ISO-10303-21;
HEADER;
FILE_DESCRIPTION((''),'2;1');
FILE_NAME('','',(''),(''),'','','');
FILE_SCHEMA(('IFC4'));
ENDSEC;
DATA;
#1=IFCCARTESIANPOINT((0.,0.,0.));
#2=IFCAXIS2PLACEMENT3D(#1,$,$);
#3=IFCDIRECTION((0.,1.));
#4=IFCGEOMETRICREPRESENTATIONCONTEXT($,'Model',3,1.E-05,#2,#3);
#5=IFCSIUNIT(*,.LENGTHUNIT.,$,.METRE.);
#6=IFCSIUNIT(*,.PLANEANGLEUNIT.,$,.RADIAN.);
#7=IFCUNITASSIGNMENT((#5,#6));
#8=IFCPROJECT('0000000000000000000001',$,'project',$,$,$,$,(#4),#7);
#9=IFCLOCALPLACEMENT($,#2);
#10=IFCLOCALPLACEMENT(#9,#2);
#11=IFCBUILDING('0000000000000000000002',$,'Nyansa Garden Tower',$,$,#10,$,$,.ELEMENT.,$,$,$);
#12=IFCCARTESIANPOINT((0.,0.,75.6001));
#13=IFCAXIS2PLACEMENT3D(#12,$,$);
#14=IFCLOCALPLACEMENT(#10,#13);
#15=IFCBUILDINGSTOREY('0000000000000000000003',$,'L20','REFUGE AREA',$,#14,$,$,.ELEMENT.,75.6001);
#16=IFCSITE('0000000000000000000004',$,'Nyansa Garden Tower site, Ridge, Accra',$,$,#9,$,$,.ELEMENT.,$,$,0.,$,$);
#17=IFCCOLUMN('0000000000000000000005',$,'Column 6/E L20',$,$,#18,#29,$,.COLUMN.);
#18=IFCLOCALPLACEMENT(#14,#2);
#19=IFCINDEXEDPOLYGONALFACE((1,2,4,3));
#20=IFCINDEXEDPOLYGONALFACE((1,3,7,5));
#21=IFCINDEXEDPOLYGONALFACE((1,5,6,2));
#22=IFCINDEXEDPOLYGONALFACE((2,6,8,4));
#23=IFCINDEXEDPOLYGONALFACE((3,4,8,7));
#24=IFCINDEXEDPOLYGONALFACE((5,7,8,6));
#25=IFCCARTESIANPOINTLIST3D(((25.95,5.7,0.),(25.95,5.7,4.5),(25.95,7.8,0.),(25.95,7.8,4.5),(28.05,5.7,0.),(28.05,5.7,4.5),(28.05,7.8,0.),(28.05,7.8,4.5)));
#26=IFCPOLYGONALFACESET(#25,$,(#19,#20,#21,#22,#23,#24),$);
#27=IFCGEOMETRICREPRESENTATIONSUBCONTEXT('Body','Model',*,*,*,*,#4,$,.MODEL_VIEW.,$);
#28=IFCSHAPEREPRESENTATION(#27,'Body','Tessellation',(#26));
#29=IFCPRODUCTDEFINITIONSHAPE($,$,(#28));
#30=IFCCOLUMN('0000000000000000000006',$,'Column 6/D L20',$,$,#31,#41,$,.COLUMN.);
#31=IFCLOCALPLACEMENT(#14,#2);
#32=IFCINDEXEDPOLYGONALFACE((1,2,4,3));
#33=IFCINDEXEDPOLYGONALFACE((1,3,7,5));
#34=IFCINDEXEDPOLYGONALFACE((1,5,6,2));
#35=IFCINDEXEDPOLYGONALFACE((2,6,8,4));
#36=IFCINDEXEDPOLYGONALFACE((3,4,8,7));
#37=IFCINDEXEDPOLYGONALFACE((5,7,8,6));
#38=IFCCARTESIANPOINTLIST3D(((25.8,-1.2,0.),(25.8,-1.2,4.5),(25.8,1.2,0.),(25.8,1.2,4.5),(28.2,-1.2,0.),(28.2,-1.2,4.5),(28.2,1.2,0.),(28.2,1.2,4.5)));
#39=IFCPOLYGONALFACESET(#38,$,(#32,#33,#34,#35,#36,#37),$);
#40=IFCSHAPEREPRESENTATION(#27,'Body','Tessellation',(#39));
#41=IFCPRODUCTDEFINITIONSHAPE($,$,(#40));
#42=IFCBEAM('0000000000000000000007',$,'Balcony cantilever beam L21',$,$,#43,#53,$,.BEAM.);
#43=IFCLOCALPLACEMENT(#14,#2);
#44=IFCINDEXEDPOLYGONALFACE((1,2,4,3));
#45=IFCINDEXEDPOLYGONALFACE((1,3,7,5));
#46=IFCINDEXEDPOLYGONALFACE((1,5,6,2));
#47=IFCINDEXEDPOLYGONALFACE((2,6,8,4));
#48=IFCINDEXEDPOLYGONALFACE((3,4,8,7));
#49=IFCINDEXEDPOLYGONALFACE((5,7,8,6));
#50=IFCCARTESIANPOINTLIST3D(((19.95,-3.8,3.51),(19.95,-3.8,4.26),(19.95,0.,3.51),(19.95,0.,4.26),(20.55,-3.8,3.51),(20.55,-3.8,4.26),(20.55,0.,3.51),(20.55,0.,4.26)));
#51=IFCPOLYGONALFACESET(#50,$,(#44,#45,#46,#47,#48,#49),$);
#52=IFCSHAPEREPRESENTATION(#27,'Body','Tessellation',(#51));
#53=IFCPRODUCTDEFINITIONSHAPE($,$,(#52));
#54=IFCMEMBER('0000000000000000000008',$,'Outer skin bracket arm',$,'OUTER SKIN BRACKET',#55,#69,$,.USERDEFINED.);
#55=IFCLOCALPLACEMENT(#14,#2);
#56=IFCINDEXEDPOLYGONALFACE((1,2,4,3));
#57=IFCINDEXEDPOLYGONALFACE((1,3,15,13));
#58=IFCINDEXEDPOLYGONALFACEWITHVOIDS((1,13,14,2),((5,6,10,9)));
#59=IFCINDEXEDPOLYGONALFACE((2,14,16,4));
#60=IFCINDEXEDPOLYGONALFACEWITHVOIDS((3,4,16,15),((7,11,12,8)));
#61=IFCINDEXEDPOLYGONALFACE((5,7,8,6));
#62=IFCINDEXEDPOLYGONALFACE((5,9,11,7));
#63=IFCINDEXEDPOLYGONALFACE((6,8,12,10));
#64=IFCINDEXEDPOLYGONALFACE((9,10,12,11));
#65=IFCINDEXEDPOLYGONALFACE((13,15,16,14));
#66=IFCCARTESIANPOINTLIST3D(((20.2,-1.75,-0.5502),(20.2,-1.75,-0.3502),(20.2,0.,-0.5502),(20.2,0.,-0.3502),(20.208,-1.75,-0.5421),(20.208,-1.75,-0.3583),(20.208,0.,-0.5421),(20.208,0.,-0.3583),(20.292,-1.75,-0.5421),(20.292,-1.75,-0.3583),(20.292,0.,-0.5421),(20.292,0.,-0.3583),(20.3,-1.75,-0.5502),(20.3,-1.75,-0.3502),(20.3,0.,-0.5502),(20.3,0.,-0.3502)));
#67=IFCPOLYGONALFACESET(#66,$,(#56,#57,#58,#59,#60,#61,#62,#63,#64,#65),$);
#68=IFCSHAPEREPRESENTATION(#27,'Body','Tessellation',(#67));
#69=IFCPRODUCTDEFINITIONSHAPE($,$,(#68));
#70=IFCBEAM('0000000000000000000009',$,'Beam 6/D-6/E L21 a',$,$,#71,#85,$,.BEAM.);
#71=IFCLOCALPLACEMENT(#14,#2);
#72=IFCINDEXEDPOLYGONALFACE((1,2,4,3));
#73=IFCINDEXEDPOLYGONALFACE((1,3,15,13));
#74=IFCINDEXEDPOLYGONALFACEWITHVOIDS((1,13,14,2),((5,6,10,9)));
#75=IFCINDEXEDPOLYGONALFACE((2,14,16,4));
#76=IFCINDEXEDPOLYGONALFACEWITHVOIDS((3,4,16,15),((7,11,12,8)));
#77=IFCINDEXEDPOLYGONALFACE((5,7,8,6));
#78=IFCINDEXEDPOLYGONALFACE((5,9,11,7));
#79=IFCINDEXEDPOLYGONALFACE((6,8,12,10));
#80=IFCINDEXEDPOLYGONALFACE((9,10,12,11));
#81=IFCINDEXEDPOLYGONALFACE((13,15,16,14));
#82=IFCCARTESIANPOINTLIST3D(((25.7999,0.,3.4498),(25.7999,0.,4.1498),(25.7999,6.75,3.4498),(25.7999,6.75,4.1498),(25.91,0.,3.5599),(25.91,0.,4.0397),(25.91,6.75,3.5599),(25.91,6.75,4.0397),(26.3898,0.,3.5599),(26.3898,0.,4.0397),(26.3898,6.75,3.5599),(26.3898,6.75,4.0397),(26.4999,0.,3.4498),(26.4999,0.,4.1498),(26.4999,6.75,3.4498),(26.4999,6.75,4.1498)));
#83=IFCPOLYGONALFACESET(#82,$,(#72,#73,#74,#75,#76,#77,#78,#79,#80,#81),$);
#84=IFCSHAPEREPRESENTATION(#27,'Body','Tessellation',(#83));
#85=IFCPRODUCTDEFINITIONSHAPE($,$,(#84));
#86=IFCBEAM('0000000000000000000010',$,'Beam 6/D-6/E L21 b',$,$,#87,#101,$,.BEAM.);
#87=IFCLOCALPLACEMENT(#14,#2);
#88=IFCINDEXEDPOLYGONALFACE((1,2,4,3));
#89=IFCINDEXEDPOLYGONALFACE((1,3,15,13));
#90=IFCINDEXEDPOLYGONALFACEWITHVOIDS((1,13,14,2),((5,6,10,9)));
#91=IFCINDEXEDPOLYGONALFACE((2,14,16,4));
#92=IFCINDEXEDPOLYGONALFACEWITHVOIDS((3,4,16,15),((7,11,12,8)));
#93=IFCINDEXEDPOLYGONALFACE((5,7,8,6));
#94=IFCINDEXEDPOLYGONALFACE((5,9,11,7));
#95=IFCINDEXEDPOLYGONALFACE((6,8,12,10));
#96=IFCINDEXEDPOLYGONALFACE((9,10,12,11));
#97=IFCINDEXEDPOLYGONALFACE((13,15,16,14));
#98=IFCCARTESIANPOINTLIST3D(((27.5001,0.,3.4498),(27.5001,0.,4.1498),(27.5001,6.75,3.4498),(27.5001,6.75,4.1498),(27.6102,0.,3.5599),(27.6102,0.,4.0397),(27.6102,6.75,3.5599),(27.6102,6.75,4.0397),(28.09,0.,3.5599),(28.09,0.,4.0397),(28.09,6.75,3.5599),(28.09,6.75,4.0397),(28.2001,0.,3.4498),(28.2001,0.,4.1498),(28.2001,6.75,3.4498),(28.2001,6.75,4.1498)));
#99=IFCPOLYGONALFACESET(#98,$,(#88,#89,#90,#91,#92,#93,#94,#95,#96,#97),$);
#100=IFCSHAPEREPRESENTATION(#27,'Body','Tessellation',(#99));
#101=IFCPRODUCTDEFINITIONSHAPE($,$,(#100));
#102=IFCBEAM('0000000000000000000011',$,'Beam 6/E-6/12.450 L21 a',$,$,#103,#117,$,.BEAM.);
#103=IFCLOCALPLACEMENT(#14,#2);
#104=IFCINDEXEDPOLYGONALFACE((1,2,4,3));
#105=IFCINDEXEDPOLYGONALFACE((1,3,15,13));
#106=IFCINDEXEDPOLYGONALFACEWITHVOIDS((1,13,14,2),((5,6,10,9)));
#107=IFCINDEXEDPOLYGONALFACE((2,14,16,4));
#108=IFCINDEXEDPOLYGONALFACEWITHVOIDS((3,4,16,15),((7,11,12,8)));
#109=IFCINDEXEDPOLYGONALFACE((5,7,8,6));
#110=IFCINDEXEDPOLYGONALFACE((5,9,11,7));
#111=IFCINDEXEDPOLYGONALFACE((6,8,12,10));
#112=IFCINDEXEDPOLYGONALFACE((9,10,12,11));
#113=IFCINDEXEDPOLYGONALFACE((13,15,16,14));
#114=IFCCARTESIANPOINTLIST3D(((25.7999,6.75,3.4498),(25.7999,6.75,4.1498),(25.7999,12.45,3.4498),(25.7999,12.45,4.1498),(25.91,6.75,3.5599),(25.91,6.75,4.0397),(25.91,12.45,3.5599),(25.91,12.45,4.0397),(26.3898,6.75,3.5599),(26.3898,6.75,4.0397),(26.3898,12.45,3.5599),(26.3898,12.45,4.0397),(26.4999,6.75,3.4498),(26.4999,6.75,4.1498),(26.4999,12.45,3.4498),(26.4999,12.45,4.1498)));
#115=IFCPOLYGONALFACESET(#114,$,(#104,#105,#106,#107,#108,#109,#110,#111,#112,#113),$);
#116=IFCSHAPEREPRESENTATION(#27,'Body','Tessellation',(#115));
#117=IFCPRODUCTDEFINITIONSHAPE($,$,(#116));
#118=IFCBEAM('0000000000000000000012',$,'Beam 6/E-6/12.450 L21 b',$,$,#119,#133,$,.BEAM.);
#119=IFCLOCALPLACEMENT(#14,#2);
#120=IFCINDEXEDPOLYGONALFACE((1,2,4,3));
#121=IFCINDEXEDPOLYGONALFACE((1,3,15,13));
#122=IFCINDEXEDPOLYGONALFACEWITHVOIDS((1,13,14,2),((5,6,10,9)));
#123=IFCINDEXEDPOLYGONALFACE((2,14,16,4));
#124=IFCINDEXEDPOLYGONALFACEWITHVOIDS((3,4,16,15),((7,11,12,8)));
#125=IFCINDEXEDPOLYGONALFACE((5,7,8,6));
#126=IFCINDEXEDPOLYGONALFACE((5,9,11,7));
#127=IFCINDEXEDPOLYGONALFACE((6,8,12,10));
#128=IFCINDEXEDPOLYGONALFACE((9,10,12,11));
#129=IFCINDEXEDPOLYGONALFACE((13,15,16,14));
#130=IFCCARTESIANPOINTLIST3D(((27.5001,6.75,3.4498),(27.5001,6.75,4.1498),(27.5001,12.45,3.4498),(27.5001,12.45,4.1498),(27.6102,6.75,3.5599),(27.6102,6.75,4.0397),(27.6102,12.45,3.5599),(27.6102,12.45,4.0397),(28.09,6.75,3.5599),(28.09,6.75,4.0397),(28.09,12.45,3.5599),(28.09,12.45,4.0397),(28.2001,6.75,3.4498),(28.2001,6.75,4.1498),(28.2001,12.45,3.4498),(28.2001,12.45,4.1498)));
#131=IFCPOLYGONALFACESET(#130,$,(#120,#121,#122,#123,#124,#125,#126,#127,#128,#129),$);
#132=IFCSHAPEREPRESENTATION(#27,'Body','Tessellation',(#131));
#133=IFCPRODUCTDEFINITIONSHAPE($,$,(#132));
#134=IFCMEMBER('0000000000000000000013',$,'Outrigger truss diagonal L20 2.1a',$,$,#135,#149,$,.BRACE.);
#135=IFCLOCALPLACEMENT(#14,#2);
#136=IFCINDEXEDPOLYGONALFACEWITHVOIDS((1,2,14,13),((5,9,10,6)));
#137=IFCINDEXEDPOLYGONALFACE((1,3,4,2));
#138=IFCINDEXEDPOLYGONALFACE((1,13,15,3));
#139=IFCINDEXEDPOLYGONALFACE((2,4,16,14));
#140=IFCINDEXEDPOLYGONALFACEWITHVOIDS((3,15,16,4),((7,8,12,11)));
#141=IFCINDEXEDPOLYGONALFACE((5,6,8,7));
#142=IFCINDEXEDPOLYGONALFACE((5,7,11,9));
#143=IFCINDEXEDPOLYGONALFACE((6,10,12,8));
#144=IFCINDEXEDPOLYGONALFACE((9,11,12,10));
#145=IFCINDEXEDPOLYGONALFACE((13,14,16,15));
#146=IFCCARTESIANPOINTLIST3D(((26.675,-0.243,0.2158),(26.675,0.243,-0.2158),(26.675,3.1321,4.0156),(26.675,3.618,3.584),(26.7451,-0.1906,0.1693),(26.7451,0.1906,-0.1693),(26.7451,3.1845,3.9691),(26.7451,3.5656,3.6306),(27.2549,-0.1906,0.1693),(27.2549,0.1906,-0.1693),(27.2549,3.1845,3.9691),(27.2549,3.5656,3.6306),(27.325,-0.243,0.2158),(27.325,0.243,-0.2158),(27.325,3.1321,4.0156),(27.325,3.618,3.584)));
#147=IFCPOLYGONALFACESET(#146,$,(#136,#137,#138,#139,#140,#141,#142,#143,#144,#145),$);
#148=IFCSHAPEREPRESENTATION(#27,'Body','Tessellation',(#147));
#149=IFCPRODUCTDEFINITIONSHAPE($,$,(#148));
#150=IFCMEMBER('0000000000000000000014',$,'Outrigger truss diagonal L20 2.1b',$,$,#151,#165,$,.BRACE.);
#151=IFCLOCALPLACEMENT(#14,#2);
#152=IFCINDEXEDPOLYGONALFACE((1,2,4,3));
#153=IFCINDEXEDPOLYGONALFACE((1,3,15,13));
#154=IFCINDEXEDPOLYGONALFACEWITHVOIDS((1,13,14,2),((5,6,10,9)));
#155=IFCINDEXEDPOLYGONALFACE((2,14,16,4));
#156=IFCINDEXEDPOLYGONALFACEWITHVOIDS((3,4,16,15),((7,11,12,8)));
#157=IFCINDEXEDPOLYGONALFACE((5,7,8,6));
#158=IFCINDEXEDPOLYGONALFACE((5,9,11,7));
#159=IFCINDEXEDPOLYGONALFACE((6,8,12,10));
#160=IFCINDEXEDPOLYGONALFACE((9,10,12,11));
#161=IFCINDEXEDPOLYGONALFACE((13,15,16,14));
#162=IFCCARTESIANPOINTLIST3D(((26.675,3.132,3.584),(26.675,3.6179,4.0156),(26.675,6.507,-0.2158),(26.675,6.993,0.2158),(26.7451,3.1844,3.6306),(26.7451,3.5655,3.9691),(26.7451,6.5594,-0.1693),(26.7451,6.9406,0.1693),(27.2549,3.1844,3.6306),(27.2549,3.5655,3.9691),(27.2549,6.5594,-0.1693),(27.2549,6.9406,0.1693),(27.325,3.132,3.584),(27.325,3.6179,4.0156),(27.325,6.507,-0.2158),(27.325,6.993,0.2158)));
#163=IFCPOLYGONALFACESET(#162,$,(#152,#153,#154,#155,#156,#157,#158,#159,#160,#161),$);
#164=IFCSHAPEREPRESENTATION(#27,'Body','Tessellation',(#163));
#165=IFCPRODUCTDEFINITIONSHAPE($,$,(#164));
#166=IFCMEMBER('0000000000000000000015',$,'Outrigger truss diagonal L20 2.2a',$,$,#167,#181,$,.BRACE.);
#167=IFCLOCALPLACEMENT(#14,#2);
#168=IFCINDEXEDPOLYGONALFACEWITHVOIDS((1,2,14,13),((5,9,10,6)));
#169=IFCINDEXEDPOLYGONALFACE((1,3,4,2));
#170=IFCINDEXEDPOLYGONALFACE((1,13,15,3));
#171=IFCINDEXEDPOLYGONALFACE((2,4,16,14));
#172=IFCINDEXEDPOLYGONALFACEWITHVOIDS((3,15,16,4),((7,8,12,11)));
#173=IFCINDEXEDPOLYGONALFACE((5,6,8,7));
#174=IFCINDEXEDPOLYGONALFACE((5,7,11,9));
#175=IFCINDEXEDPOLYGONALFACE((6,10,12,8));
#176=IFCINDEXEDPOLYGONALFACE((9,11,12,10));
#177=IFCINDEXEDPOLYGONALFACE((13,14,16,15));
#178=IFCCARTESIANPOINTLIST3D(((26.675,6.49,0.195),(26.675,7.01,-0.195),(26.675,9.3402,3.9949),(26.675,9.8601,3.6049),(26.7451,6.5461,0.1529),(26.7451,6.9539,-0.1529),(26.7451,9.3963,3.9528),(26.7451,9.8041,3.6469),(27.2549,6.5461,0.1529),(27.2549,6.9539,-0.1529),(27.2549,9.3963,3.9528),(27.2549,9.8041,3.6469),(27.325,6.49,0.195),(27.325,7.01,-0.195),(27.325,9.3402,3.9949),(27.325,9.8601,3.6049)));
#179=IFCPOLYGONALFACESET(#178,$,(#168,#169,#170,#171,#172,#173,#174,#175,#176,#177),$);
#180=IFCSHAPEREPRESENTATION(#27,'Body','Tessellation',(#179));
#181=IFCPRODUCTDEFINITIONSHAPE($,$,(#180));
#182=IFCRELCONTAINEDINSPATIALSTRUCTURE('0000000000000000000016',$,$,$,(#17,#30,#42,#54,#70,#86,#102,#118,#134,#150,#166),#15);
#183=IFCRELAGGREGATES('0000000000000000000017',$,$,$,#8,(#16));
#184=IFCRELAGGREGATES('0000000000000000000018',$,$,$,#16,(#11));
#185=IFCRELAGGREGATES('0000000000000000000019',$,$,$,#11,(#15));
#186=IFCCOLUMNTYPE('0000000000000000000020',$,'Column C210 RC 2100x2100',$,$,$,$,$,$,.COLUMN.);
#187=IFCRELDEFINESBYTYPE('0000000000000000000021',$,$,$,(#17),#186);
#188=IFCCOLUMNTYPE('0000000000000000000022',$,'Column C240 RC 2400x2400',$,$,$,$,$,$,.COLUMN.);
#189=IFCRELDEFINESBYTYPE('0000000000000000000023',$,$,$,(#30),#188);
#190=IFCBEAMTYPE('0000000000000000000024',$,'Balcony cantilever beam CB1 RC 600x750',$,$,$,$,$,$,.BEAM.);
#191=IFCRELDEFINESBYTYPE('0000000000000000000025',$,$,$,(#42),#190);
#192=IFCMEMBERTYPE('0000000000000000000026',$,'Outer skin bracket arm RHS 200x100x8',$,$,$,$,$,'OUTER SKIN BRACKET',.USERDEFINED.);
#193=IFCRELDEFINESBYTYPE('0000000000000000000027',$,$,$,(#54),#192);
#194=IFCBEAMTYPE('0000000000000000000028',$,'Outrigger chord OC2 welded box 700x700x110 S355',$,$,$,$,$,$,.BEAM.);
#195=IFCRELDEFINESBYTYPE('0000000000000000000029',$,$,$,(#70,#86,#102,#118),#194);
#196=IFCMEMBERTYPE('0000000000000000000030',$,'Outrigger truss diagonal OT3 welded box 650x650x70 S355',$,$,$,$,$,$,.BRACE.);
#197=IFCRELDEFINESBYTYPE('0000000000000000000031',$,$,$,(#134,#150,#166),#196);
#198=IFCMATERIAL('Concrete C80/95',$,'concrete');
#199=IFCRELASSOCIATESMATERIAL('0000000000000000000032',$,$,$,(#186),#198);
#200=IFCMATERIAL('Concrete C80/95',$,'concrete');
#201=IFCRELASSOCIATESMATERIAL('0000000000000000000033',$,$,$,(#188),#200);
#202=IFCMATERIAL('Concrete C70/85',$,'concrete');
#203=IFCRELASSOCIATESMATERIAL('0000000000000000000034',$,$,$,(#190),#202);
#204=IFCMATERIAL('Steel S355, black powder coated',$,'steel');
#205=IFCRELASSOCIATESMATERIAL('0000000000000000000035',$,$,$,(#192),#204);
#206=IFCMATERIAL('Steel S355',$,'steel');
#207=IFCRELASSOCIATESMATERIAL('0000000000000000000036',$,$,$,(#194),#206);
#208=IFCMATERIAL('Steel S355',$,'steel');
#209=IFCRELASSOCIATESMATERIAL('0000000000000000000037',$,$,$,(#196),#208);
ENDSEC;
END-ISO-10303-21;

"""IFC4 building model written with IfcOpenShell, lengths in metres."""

from ifc_helpers import new_model, si_unit, direction, frame, origin, origin_2d, place, context, subcontext, project, spatial, rectangle, hollow_rectangle, extrude, material, material_profile, profile_set, type_object, element, save


model = new_model("IFC4")

# Units and contexts
model_context = context("Model", 3, precision=1e-05, world=origin(), true_north=direction((0.0, 1.0)))
body_context = subcontext(model_context, "Body", "Model", "MODEL_VIEW")
ifc_project = project(units=[si_unit("LENGTHUNIT", "METRE"), si_unit("PLANEANGLEUNIT", "RADIAN")], contexts=[model_context])

# Site, building, storey
site_placement = place(None, origin())
site = spatial("IfcSite", under=ifc_project, at=site_placement, Name="Nyansa Garden Tower site, Ridge, Accra", CompositionType="ELEMENT", RefElevation=0.0)
building_placement = place(site_placement, origin())
building = spatial("IfcBuilding", under=site, at=building_placement, Name="Nyansa Garden Tower", CompositionType="ELEMENT")
storey_placement = place(building_placement, frame((0.0, 0.0, 75.6001)))
storey = spatial("IfcBuildingStorey", under=building, at=storey_placement, Name="L20", Description="REFUGE AREA", CompositionType="ELEMENT", Elevation=75.6001)

# Columns
ifc_material_1 = material(Name="Concrete C80/95", Category="concrete")
ifc_material_profile_1 = material_profile(ifc_material_1, rectangle(XDim=2.1001, YDim=2.1001, at=origin_2d()), Name="RC 2100x2100")
ifc_profile_set_1 = profile_set([ifc_material_profile_1], Name="Concrete C80/95")
column_type_1 = type_object("IfcColumnType", Name="Column C210 RC 2100x2100", PredefinedType="COLUMN", material=ifc_profile_set_1)
column_1_placement = place(storey_placement, frame((27.0, 6.75, 0.0), z_axis=(0.0, 0.0, 1.0), x_axis=(1.0, 0.0, 0.0)))
element("IfcColumn", 1, at=column_1_placement, inside=storey, type_object=column_type_1, Name="Column 6/E L20", PredefinedType="COLUMN", context=body_context, shape_type="SweptSolid", body=[
    extrude(rectangle(XDim=2.1001, YDim=2.1001, at=origin_2d()), origin(), (0.0, 0.0, 1.0), 4.5),
])
ifc_material_2 = material(Name="Concrete C80/95", Category="concrete")
ifc_material_profile_2 = material_profile(ifc_material_2, rectangle(XDim=2.3999, YDim=2.3999, at=origin_2d()), Name="RC 2400x2400")
ifc_profile_set_2 = profile_set([ifc_material_profile_2], Name="Concrete C80/95")
column_type_2 = type_object("IfcColumnType", Name="Column C240 RC 2400x2400", PredefinedType="COLUMN", material=ifc_profile_set_2)
column_2_placement = place(storey_placement, frame((27.0, 0.0, 0.0), z_axis=(0.0, 0.0, 1.0), x_axis=(1.0, 0.0, 0.0)))
element("IfcColumn", 2, at=column_2_placement, inside=storey, type_object=column_type_2, Name="Column 6/D L20", PredefinedType="COLUMN", context=body_context, shape_type="SweptSolid", body=[
    extrude(rectangle(XDim=2.3999, YDim=2.3999, at=origin_2d()), origin(), (0.0, 0.0, 1.0), 4.5),
])

# Beam
ifc_material_3 = material(Name="Concrete C70/85", Category="concrete")
ifc_material_profile_3 = material_profile(ifc_material_3, rectangle(XDim=0.6001, YDim=0.75, at=origin_2d()), Name="RC 600x750")
ifc_profile_set_3 = profile_set([ifc_material_profile_3], Name="Concrete C70/85")
beam_type_1 = type_object("IfcBeamType", Name="Balcony cantilever beam CB1 RC 600x750", PredefinedType="BEAM", material=ifc_profile_set_3)
beam_1_placement = place(storey_placement, frame((20.25, 0.0, 3.885), z_axis=(0.0, -1.0, 0.0), x_axis=(1.0, 0.0, 0.0)))
element("IfcBeam", 3, at=beam_1_placement, inside=storey, type_object=beam_type_1, Name="Balcony cantilever beam L21", PredefinedType="BEAM", context=body_context, shape_type="SweptSolid", body=[
    extrude(rectangle(XDim=0.6001, YDim=0.75, at=origin_2d()), origin(), (0.0, 0.0, 1.0), 3.8),
])

# Member
ifc_material_4 = material(Name="Steel S355, black powder coated", Category="steel")
ifc_material_profile_4 = material_profile(ifc_material_4, hollow_rectangle(XDim=0.1001, YDim=0.2, WallThickness=0.0081, at=origin_2d()), Name="RHS 200x100x8")
ifc_profile_set_4 = profile_set([ifc_material_profile_4], Name="Steel S355, black powder coated")
member_type_1 = type_object("IfcMemberType", Name="Outer skin bracket arm RHS 200x100x8", ElementType="OUTER SKIN BRACKET", PredefinedType="USERDEFINED", material=ifc_profile_set_4)
member_1_placement = place(storey_placement, frame((20.25, 0.0, -0.4502), z_axis=(0.0, -1.0, 0.0), x_axis=(1.0, 0.0, 0.0)))
element("IfcMember", 4, at=member_1_placement, inside=storey, type_object=member_type_1, Name="Outer skin bracket arm", ObjectType="OUTER SKIN BRACKET", PredefinedType="USERDEFINED", context=body_context, shape_type="SweptSolid", body=[
    extrude(hollow_rectangle(XDim=0.1001, YDim=0.2, WallThickness=0.0081, at=origin_2d()), origin(), (0.0, 0.0, 1.0), 1.75),
])

# Beams
ifc_material_5 = material(Name="Steel S355", Category="steel")
ifc_material_profile_5 = material_profile(ifc_material_5, hollow_rectangle(XDim=0.7, YDim=0.7, WallThickness=0.1101, at=origin_2d()), Name="Welded box 700x700x110")
ifc_profile_set_5 = profile_set([ifc_material_profile_5], Name="Steel S355")
beam_type_2 = type_object("IfcBeamType", Name="Outrigger chord OC2 welded box 700x700x110 S355", PredefinedType="BEAM", material=ifc_profile_set_5)
for number, where, z_axis, x_axis, name in (
    (5, (26.1499, 0.0, 3.7998), (0.0, 1.0, 0.0), (-1.0, 0.0, 0.0), "Beam 6/D-6/E L21 a"),
    (6, (27.8501, 0.0, 3.7998), (0.0, 1.0, 0.0), (-1.0, 0.0, 0.0), "Beam 6/D-6/E L21 b"),
):
    element("IfcBeam", number, at=place(storey_placement, frame(where, z_axis=z_axis, x_axis=x_axis)), inside=storey, type_object=beam_type_2, Name=name, PredefinedType="BEAM", context=body_context, shape_type="SweptSolid", body=[
        extrude(hollow_rectangle(XDim=0.7, YDim=0.7, WallThickness=0.1101, at=origin_2d()), origin(), (0.0, 0.0, 1.0), 6.75),
    ])
for number, where, z_axis, x_axis, name in (
    (7, (26.1499, 6.75, 3.7998), (0.0, 1.0, 0.0), (-1.0, 0.0, 0.0), "Beam 6/E-6/12.450 L21 a"),
    (8, (27.8501, 6.75, 3.7998), (0.0, 1.0, 0.0), (-1.0, 0.0, 0.0), "Beam 6/E-6/12.450 L21 b"),
):
    element("IfcBeam", number, at=place(storey_placement, frame(where, z_axis=z_axis, x_axis=x_axis)), inside=storey, type_object=beam_type_2, Name=name, PredefinedType="BEAM", context=body_context, shape_type="SweptSolid", body=[
        extrude(hollow_rectangle(XDim=0.7, YDim=0.7, WallThickness=0.1101, at=origin_2d()), origin(), (0.0, 0.0, 1.0), 5.7),
    ])

# Members
ifc_material_6 = material(Name="Steel S355", Category="steel")
ifc_material_profile_6 = material_profile(ifc_material_6, hollow_rectangle(XDim=0.6499, YDim=0.6499, WallThickness=0.0701, at=origin_2d()), Name="Welded box 650x650x70")
ifc_profile_set_6 = profile_set([ifc_material_profile_6], Name="Steel S355")
member_type_2 = type_object("IfcMemberType", Name="Outrigger truss diagonal OT3 welded box 650x650x70 S355", PredefinedType="BRACE", material=ifc_profile_set_6)
for number, where, z_axis, x_axis, name in (
    (9, (27.0, 0.0, 0.0), (0.0, 0.664078, 0.747664), (-1.0, 0.0, 0.0), "Outrigger truss diagonal L20 2.1a"),
    (10, (27.0, 6.75, 0.0), (0.0, -0.664078, 0.747664), (1.0, 0.0, 0.0), "Outrigger truss diagonal L20 2.1b"),
):
    element("IfcMember", number, at=place(storey_placement, frame(where, z_axis=z_axis, x_axis=x_axis)), inside=storey, type_object=member_type_2, Name=name, PredefinedType="BRACE", context=body_context, shape_type="SweptSolid", body=[
        extrude(hollow_rectangle(XDim=0.6499, YDim=0.6499, WallThickness=0.0701, at=origin_2d()), origin(), (0.0, 0.0, 1.0), 5.0823),
    ])
member_2_placement = place(storey_placement, frame((27.0, 6.75, 0.0), z_axis=(0.0, 0.600033, 0.799975), x_axis=(-1.0, 0.0, 0.0)))
element("IfcMember", 11, at=member_2_placement, inside=storey, type_object=member_type_2, Name="Outrigger truss diagonal L20 2.2a", PredefinedType="BRACE", context=body_context, shape_type="SweptSolid", body=[
    extrude(hollow_rectangle(XDim=0.6499, YDim=0.6499, WallThickness=0.0701, at=origin_2d()), origin(), (0.0, 0.0, 1.0), 4.75),
])

save(model, "model.ifc")
